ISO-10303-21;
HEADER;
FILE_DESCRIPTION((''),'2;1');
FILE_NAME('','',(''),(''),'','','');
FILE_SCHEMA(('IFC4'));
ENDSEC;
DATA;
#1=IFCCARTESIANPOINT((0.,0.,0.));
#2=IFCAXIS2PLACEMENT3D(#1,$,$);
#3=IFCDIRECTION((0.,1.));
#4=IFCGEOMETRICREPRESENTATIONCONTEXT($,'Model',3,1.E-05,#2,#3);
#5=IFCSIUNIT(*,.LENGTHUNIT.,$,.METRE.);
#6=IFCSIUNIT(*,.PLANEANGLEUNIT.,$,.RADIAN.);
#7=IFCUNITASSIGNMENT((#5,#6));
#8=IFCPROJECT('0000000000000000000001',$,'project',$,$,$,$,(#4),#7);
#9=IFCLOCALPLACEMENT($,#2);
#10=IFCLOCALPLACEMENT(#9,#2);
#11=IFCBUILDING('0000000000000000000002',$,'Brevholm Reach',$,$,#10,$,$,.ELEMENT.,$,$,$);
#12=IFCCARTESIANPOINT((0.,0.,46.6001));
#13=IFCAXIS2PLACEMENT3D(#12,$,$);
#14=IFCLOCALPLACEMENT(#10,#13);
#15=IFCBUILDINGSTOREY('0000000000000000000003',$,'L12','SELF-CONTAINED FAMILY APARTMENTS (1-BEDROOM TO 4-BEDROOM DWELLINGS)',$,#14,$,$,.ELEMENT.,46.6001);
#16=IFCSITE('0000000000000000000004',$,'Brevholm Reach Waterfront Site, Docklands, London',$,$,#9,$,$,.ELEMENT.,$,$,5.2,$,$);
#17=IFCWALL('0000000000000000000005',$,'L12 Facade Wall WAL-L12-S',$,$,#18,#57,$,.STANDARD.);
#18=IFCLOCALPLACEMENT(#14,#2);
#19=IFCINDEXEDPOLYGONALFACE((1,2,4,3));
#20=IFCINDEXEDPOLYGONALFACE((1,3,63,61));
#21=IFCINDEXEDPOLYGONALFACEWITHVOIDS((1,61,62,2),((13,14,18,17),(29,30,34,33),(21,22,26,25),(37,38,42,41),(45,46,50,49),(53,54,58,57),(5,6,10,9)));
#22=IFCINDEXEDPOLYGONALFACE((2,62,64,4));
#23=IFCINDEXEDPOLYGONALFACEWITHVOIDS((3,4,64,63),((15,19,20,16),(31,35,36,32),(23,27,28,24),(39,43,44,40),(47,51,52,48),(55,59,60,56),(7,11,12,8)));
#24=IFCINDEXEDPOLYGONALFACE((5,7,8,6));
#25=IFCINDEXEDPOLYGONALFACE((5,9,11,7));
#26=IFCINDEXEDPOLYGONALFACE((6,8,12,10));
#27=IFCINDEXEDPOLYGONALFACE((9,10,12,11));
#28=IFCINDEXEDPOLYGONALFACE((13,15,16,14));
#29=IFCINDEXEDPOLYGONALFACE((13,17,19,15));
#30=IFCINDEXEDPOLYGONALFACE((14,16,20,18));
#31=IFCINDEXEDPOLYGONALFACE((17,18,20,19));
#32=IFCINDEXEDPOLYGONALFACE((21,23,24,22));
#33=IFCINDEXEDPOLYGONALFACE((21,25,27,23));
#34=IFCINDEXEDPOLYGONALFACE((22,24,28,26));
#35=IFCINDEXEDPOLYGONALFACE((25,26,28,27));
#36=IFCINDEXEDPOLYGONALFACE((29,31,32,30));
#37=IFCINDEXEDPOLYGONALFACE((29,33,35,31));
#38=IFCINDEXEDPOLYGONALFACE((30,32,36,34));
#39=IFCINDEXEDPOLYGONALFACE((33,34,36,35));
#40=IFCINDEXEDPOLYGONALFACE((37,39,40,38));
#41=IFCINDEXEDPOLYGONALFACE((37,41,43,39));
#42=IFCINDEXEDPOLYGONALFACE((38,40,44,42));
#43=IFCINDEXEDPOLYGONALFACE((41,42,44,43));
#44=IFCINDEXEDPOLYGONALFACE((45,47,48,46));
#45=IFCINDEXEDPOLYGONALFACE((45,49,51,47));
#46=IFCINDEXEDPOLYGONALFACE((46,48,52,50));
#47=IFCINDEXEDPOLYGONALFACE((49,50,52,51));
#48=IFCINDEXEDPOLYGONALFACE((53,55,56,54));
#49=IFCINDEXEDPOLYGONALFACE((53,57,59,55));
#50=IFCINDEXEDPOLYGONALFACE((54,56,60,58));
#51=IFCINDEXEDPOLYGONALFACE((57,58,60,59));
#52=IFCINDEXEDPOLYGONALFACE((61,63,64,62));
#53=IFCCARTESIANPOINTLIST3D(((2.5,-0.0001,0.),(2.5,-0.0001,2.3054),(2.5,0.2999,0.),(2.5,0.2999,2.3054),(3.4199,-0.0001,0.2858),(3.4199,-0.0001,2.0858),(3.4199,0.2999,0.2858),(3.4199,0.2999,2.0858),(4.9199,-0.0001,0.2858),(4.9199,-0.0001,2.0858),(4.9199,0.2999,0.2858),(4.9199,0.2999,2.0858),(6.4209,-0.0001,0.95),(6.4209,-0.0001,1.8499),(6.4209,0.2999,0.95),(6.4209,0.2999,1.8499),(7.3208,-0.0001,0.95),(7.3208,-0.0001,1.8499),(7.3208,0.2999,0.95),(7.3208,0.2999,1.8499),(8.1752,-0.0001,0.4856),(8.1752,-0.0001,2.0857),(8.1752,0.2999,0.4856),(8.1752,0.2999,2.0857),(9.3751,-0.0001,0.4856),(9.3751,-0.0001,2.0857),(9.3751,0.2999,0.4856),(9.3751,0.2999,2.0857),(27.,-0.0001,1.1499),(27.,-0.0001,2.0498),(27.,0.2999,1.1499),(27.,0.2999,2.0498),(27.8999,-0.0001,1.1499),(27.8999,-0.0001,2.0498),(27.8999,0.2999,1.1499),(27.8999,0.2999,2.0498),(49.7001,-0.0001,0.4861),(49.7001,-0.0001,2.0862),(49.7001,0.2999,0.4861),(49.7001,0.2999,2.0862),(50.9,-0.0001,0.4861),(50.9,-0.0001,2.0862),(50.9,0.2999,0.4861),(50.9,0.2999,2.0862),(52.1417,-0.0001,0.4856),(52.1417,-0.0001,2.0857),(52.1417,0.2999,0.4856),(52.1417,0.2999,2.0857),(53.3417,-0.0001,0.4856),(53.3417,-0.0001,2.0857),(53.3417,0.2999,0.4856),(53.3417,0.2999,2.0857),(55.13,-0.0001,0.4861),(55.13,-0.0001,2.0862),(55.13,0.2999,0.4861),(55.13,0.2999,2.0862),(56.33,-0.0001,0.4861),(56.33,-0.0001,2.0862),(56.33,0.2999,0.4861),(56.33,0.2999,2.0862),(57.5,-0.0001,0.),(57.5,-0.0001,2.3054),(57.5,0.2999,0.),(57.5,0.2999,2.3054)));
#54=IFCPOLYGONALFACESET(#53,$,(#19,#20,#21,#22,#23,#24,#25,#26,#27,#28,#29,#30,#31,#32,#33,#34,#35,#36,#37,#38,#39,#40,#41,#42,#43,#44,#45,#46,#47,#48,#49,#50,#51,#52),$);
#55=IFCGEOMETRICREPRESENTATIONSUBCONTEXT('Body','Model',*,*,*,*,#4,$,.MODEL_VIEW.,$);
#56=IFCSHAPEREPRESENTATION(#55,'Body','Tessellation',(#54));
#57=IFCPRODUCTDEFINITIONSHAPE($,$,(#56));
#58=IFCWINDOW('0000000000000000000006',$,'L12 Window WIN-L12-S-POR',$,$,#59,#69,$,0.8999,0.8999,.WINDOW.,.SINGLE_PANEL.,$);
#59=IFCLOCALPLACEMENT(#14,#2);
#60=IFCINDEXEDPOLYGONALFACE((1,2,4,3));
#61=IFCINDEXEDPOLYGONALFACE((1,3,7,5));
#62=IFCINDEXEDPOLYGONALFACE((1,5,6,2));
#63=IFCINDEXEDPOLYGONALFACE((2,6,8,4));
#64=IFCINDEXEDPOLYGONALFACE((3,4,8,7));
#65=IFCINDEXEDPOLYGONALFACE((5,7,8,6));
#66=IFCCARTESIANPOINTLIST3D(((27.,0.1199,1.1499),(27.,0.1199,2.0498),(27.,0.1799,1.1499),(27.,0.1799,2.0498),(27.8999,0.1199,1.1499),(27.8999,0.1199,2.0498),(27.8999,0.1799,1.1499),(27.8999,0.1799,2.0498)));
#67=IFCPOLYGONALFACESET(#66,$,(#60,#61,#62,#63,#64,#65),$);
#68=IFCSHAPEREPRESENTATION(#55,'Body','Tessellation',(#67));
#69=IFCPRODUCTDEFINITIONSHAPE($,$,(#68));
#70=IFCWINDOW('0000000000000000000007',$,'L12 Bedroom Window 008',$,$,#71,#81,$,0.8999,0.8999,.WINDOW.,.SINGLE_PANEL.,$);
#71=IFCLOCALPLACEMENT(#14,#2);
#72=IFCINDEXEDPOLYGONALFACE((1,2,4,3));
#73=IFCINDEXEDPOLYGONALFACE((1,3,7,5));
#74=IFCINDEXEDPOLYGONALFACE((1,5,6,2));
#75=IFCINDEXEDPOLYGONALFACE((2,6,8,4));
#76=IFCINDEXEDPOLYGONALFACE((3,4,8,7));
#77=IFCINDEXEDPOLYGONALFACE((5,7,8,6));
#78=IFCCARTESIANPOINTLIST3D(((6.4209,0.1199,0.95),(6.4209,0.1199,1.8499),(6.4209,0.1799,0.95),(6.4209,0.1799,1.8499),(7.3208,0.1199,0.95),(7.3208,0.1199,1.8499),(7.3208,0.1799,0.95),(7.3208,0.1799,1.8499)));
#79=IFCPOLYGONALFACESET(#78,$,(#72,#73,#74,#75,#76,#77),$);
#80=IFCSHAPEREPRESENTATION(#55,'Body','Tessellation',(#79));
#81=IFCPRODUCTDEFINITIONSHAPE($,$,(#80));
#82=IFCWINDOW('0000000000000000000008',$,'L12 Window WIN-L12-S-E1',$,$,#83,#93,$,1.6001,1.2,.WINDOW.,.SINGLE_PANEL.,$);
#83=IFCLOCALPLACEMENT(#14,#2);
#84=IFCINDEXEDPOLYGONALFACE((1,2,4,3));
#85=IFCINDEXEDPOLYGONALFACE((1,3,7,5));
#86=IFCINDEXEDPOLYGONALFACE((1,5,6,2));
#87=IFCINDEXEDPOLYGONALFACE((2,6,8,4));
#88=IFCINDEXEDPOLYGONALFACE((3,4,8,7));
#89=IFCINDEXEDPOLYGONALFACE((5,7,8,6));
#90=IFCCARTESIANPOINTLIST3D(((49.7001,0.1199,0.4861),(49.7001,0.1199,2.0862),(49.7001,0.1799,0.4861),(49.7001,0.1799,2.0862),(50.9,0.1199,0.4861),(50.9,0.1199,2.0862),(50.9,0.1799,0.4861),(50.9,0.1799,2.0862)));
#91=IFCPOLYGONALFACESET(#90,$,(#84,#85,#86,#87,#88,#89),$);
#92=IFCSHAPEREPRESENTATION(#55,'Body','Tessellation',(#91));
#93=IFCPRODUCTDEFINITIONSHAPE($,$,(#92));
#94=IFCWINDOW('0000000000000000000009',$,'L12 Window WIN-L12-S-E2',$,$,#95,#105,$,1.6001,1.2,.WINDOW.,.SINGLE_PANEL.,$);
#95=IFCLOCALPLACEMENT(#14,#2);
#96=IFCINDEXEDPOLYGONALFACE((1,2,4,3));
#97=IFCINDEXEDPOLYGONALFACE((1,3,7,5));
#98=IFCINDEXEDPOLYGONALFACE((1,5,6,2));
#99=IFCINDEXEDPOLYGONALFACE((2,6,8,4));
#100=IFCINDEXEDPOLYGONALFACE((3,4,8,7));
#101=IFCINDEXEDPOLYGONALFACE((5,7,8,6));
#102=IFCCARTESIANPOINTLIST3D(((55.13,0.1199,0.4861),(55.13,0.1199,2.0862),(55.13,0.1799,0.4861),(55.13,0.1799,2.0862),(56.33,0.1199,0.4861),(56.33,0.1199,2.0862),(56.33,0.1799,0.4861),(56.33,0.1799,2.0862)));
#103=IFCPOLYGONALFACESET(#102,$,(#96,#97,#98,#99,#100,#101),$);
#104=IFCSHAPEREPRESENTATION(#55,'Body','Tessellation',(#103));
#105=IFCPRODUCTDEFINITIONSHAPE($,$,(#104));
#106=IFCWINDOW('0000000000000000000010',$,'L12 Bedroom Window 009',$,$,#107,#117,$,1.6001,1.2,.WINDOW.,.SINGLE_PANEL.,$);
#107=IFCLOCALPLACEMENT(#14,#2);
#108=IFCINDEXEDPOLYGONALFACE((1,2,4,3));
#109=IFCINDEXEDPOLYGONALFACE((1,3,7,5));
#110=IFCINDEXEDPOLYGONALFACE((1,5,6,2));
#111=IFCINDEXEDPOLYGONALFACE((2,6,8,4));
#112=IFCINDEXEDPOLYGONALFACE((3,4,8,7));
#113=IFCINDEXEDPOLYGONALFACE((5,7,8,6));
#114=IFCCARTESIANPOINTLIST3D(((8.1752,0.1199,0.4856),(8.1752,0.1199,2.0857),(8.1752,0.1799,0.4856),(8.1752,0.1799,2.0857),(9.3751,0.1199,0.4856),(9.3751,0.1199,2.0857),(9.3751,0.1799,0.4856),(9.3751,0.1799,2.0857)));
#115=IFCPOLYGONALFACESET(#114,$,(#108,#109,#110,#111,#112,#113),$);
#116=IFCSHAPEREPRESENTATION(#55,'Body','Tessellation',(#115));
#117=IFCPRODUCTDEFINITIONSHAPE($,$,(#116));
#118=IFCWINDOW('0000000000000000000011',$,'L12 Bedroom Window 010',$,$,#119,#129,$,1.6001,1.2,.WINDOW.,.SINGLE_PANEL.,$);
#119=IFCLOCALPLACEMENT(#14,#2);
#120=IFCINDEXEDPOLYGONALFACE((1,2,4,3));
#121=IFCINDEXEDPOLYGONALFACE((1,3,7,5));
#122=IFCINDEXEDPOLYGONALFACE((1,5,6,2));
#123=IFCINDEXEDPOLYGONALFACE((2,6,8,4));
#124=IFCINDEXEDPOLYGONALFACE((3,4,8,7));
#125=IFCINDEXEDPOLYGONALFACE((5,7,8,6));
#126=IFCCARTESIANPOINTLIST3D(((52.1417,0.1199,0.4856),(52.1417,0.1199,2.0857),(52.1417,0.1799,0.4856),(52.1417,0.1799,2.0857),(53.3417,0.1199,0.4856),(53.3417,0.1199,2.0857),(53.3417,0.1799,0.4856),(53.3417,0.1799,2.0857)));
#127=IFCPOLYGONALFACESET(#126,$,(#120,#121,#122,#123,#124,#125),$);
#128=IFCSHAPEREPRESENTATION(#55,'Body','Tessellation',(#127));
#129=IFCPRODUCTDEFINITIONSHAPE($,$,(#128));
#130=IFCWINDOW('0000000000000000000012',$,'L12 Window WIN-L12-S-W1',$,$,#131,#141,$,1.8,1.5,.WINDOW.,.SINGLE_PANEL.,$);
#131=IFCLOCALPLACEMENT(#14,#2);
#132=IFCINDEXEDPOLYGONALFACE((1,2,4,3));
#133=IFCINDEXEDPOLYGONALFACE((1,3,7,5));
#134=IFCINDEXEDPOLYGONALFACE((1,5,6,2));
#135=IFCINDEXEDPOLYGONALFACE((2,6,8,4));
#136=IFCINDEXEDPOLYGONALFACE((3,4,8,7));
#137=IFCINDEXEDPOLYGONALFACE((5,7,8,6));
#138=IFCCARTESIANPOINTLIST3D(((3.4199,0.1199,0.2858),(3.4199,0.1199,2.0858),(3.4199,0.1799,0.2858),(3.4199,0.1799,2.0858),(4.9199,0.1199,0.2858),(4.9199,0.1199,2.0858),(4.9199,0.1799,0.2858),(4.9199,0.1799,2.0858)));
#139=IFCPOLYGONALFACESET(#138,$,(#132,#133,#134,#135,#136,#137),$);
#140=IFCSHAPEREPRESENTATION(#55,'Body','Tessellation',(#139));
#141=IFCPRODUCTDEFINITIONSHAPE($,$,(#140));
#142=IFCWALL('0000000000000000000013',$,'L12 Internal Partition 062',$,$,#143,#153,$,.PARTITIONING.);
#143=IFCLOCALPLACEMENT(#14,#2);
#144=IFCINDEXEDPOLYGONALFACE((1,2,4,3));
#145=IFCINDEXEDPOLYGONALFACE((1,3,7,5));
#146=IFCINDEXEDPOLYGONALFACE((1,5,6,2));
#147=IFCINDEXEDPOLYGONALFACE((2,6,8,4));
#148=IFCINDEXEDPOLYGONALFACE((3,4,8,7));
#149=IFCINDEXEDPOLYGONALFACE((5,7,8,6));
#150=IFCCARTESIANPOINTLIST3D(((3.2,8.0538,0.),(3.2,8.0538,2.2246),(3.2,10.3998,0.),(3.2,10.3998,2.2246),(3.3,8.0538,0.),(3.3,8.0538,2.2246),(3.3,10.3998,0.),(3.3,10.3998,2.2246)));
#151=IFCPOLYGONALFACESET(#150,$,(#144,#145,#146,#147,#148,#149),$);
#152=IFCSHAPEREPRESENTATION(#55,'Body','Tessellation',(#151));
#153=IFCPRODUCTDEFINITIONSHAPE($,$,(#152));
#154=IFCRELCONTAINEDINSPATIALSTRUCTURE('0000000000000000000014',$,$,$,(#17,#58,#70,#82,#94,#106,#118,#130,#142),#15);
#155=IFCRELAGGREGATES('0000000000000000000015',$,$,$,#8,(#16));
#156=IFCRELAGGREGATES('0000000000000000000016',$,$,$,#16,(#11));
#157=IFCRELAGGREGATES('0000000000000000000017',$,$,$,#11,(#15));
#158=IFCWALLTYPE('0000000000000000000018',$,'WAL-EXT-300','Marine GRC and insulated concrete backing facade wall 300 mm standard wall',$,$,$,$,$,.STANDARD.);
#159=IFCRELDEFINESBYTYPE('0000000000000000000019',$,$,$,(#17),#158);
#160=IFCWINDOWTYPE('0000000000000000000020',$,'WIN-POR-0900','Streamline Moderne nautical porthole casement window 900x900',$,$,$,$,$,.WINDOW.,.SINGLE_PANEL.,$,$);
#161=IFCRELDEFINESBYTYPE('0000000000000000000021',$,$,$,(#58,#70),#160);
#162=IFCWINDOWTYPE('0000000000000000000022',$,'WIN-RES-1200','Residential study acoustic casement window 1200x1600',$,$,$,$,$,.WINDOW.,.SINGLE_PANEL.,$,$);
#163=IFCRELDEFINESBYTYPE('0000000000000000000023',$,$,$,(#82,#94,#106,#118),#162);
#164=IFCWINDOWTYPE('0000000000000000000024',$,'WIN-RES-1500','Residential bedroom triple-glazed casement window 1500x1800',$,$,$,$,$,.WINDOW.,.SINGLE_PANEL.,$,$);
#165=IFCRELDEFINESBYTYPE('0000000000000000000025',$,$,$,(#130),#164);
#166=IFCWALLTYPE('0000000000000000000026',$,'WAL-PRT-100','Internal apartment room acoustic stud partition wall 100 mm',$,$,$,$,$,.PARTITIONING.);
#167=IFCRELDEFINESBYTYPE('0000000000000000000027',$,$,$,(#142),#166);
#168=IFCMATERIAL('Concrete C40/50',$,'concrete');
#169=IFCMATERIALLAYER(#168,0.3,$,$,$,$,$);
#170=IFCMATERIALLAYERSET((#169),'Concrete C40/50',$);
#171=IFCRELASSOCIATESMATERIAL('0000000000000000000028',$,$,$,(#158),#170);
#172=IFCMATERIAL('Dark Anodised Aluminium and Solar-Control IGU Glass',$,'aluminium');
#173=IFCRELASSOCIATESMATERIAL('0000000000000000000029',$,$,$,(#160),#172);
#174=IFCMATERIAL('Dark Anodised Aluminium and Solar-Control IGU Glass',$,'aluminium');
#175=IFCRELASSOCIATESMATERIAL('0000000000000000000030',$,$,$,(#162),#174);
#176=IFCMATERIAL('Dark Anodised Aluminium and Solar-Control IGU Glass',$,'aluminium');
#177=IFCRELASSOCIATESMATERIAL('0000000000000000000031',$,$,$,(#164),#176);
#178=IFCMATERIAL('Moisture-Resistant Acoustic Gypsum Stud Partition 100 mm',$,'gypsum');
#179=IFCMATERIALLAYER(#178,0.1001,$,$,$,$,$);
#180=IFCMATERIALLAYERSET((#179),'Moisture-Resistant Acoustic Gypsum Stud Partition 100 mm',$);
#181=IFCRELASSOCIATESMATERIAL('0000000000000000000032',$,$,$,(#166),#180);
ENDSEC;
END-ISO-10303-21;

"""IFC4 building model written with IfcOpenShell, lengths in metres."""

from ifc_helpers import new_model, si_unit, direction, frame, frame_2d, origin, place, context, subcontext, project, spatial, rectangle, extrude, material, layer, layer_set, type_object, element, fill, save


model = new_model("IFC4")

# Units and contexts
model_context = context("Model", 3, precision=1e-05, world=origin(), true_north=direction((0.0, 1.0)))
body_context = subcontext(model_context, "Body", "Model", "MODEL_VIEW")
ifc_project = project(units=[si_unit("LENGTHUNIT", "METRE"), si_unit("PLANEANGLEUNIT", "RADIAN")], contexts=[model_context])

# Site, building, storey
site_placement = place(None, origin())
site = spatial("IfcSite", under=ifc_project, at=site_placement, Name="Brevholm Reach Waterfront Site, Docklands, London", CompositionType="ELEMENT", RefElevation=5.2)
building_placement = place(site_placement, origin())
building = spatial("IfcBuilding", under=site, at=building_placement, Name="Brevholm Reach", CompositionType="ELEMENT")
storey_placement = place(building_placement, frame((0.0, 0.0, 46.6001)))
storey = spatial("IfcBuildingStorey", under=building, at=storey_placement, Name="L12", Description="SELF-CONTAINED FAMILY APARTMENTS (1-BEDROOM TO 4-BEDROOM DWELLINGS)", CompositionType="ELEMENT", Elevation=46.6001)

# Shared definitions
ifc_material_1 = material(Name="Concrete C40/50", Category="concrete")
ifc_layer_1 = layer(ifc_material_1, 0.3)
ifc_layer_set_1 = layer_set([ifc_layer_1], Name="Concrete C40/50")
wall_type_1 = type_object("IfcWallType", Name="WAL-EXT-300", Description="Marine GRC and insulated concrete backing facade wall 300 mm standard wall", PredefinedType="STANDARD", material=ifc_layer_set_1)

# Wall, openings, windows
wall_1_placement = place(storey_placement, frame((2.5, 0.1499, 0.0), z_axis=(0.0, 0.0, 1.0), x_axis=(1.0, 0.0, 0.0)))
wall_1 = element("IfcWall", 1, at=wall_1_placement, inside=storey, type_object=wall_type_1, Name="L12 Facade Wall WAL-L12-S", PredefinedType="STANDARD", context=body_context, shape_type="SweptSolid", body=[
    extrude(rectangle(XDim=55.0, YDim=0.3, at=frame_2d((27.5, 0.0))), origin(), (0.0, 0.0, 1.0), 2.3054),
])
opening_1_placement = place(wall_1_placement, frame((0.9199, 0.0, 0.2859)))
opening_1 = element("IfcOpeningElement", 2, at=opening_1_placement, cuts=wall_1, PredefinedType="OPENING", context=body_context, shape_type="SweptSolid", body=[
    extrude(rectangle(XDim=1.5, YDim=1.8, at=frame_2d((0.75, 0.8999))), frame((0.0, 0.1599, 0.0), z_axis=(0.0, -1.0, 0.0), x_axis=(1.0, 0.0, 0.0)), (0.0, 0.0, 1.0), 0.3201),
])
opening_2_placement = place(wall_1_placement, frame((24.5, 0.0, 1.1499)))
opening_2 = element("IfcOpeningElement", 3, at=opening_2_placement, cuts=wall_1, PredefinedType="OPENING", context=body_context, shape_type="SweptSolid", body=[
    extrude(rectangle(XDim=0.8999, YDim=0.8999, at=frame_2d((0.45, 0.45))), frame((0.0, 0.1599, 0.0), z_axis=(0.0, -1.0, 0.0), x_axis=(1.0, 0.0, 0.0)), (0.0, 0.0, 1.0), 0.3201),
])
opening_3_placement = place(wall_1_placement, frame((47.2, 0.0, 0.4861)))
opening_3 = element("IfcOpeningElement", 4, at=opening_3_placement, cuts=wall_1, PredefinedType="OPENING", context=body_context, shape_type="SweptSolid", body=[
    extrude(rectangle(XDim=1.2, YDim=1.6001, at=frame_2d((0.6001, 0.8))), frame((0.0, 0.1599, 0.0), z_axis=(0.0, -1.0, 0.0), x_axis=(1.0, 0.0, 0.0)), (0.0, 0.0, 1.0), 0.3201),
])
opening_4_placement = place(wall_1_placement, frame((52.6299, 0.0, 0.4861)))
opening_4 = element("IfcOpeningElement", 5, at=opening_4_placement, cuts=wall_1, PredefinedType="OPENING", context=body_context, shape_type="SweptSolid", body=[
    extrude(rectangle(XDim=1.2, YDim=1.6001, at=frame_2d((0.6001, 0.8))), frame((0.0, 0.1599, 0.0), z_axis=(0.0, -1.0, 0.0), x_axis=(1.0, 0.0, 0.0)), (0.0, 0.0, 1.0), 0.3201),
])
opening_5_placement = place(wall_1_placement, frame((3.9209, 0.0, 0.95)))
opening_5 = element("IfcOpeningElement", 6, at=opening_5_placement, cuts=wall_1, PredefinedType="OPENING", context=body_context, shape_type="SweptSolid", body=[
    extrude(rectangle(XDim=0.8999, YDim=0.8999, at=frame_2d((0.45, 0.45))), frame((0.0, 0.1599, 0.0), z_axis=(0.0, -1.0, 0.0), x_axis=(1.0, 0.0, 0.0)), (0.0, 0.0, 1.0), 0.3201),
])
opening_6_placement = place(wall_1_placement, frame((5.675, 0.0, 0.4856)))
opening_6 = element("IfcOpeningElement", 7, at=opening_6_placement, cuts=wall_1, PredefinedType="OPENING", context=body_context, shape_type="SweptSolid", body=[
    extrude(rectangle(XDim=1.2, YDim=1.6001, at=frame_2d((0.6001, 0.8))), frame((0.0, 0.1599, 0.0), z_axis=(0.0, -1.0, 0.0), x_axis=(1.0, 0.0, 0.0)), (0.0, 0.0, 1.0), 0.3201),
])
opening_7_placement = place(wall_1_placement, frame((49.6416, 0.0, 0.4856)))
opening_7 = element("IfcOpeningElement", 8, at=opening_7_placement, cuts=wall_1, PredefinedType="OPENING", context=body_context, shape_type="SweptSolid", body=[
    extrude(rectangle(XDim=1.2, YDim=1.6001, at=frame_2d((0.6001, 0.8))), frame((0.0, 0.1599, 0.0), z_axis=(0.0, -1.0, 0.0), x_axis=(1.0, 0.0, 0.0)), (0.0, 0.0, 1.0), 0.3201),
])
ifc_material_2 = material(Name="Dark Anodised Aluminium and Solar-Control IGU Glass", Category="aluminium")
window_type_1 = type_object("IfcWindowType", Name="WIN-POR-0900", Description="Streamline Moderne nautical porthole casement window 900x900", PartitioningType="SINGLE_PANEL", PredefinedType="WINDOW", material=ifc_material_2)
window_1_placement = place(opening_2_placement, origin())
window_1 = element("IfcWindow", 9, at=window_1_placement, inside=storey, type_object=window_type_1, Name="L12 Window WIN-L12-S-POR", OverallHeight=0.8999, OverallWidth=0.8999, PartitioningType="SINGLE_PANEL", PredefinedType="WINDOW", context=body_context, shape_type="SweptSolid", body=[
    extrude(rectangle(XDim=0.8999, YDim=0.8999, at=frame_2d((0.45, 0.45))), frame((0.0, 0.03, 0.0), z_axis=(0.0, -1.0, 0.0), x_axis=(1.0, 0.0, 0.0)), (0.0, 0.0, 1.0), 0.0601),
])
fill(opening_2, window_1)
window_2_placement = place(opening_5_placement, origin())
window_2 = element("IfcWindow", 10, at=window_2_placement, inside=storey, type_object=window_type_1, Name="L12 Bedroom Window 008", OverallHeight=0.8999, OverallWidth=0.8999, PartitioningType="SINGLE_PANEL", PredefinedType="WINDOW", context=body_context, shape_type="SweptSolid", body=[
    extrude(rectangle(XDim=0.8999, YDim=0.8999, at=frame_2d((0.45, 0.45))), frame((0.0, 0.03, 0.0), z_axis=(0.0, -1.0, 0.0), x_axis=(1.0, 0.0, 0.0)), (0.0, 0.0, 1.0), 0.0601),
])
fill(opening_5, window_2)
ifc_material_3 = material(Name="Dark Anodised Aluminium and Solar-Control IGU Glass", Category="aluminium")
window_type_2 = type_object("IfcWindowType", Name="WIN-RES-1200", Description="Residential study acoustic casement window 1200x1600", PartitioningType="SINGLE_PANEL", PredefinedType="WINDOW", material=ifc_material_3)
window_3_placement = place(opening_3_placement, origin())
window_3 = element("IfcWindow", 11, at=window_3_placement, inside=storey, type_object=window_type_2, Name="L12 Window WIN-L12-S-E1", OverallHeight=1.6001, OverallWidth=1.2, PartitioningType="SINGLE_PANEL", PredefinedType="WINDOW", context=body_context, shape_type="SweptSolid", body=[
    extrude(rectangle(XDim=1.2, YDim=1.6001, at=frame_2d((0.6001, 0.8))), frame((0.0, 0.03, 0.0), z_axis=(0.0, -1.0, 0.0), x_axis=(1.0, 0.0, 0.0)), (0.0, 0.0, 1.0), 0.0601),
])
fill(opening_3, window_3)
window_4_placement = place(opening_4_placement, origin())
window_4 = element("IfcWindow", 12, at=window_4_placement, inside=storey, type_object=window_type_2, Name="L12 Window WIN-L12-S-E2", OverallHeight=1.6001, OverallWidth=1.2, PartitioningType="SINGLE_PANEL", PredefinedType="WINDOW", context=body_context, shape_type="SweptSolid", body=[
    extrude(rectangle(XDim=1.2, YDim=1.6001, at=frame_2d((0.6001, 0.8))), frame((0.0, 0.03, 0.0), z_axis=(0.0, -1.0, 0.0), x_axis=(1.0, 0.0, 0.0)), (0.0, 0.0, 1.0), 0.0601),
])
fill(opening_4, window_4)
window_5_placement = place(opening_6_placement, origin())
window_5 = element("IfcWindow", 13, at=window_5_placement, inside=storey, type_object=window_type_2, Name="L12 Bedroom Window 009", OverallHeight=1.6001, OverallWidth=1.2, PartitioningType="SINGLE_PANEL", PredefinedType="WINDOW", context=body_context, shape_type="SweptSolid", body=[
    extrude(rectangle(XDim=1.2, YDim=1.6001, at=frame_2d((0.6001, 0.8))), frame((0.0, 0.03, 0.0), z_axis=(0.0, -1.0, 0.0), x_axis=(1.0, 0.0, 0.0)), (0.0, 0.0, 1.0), 0.0601),
])
fill(opening_6, window_5)
window_6_placement = place(opening_7_placement, origin())
window_6 = element("IfcWindow", 14, at=window_6_placement, inside=storey, type_object=window_type_2, Name="L12 Bedroom Window 010", OverallHeight=1.6001, OverallWidth=1.2, PartitioningType="SINGLE_PANEL", PredefinedType="WINDOW", context=body_context, shape_type="SweptSolid", body=[
    extrude(rectangle(XDim=1.2, YDim=1.6001, at=frame_2d((0.6001, 0.8))), frame((0.0, 0.03, 0.0), z_axis=(0.0, -1.0, 0.0), x_axis=(1.0, 0.0, 0.0)), (0.0, 0.0, 1.0), 0.0601),
])
fill(opening_7, window_6)
ifc_material_4 = material(Name="Dark Anodised Aluminium and Solar-Control IGU Glass", Category="aluminium")
window_type_3 = type_object("IfcWindowType", Name="WIN-RES-1500", Description="Residential bedroom triple-glazed casement window 1500x1800", PartitioningType="SINGLE_PANEL", PredefinedType="WINDOW", material=ifc_material_4)
window_7_placement = place(opening_1_placement, origin())
window_7 = element("IfcWindow", 15, at=window_7_placement, inside=storey, type_object=window_type_3, Name="L12 Window WIN-L12-S-W1", OverallHeight=1.8, OverallWidth=1.5, PartitioningType="SINGLE_PANEL", PredefinedType="WINDOW", context=body_context, shape_type="SweptSolid", body=[
    extrude(rectangle(XDim=1.5, YDim=1.8, at=frame_2d((0.75, 0.8999))), frame((0.0, 0.03, 0.0), z_axis=(0.0, -1.0, 0.0), x_axis=(1.0, 0.0, 0.0)), (0.0, 0.0, 1.0), 0.0601),
])
fill(opening_1, window_7)

# Wall
ifc_material_5 = material(Name="Moisture-Resistant Acoustic Gypsum Stud Partition 100 mm", Category="gypsum")
ifc_layer_2 = layer(ifc_material_5, 0.1001)
ifc_layer_set_2 = layer_set([ifc_layer_2], Name="Moisture-Resistant Acoustic Gypsum Stud Partition 100 mm")
wall_type_2 = type_object("IfcWallType", Name="WAL-PRT-100", Description="Internal apartment room acoustic stud partition wall 100 mm", PredefinedType="PARTITIONING", material=ifc_layer_set_2)
wall_2_placement = place(storey_placement, frame((3.25, 8.054, 0.0), z_axis=(0.0, 0.0, 1.0), x_axis=(0.0, 1.0, 0.0)))
element("IfcWall", 16, at=wall_2_placement, inside=storey, type_object=wall_type_2, Name="L12 Internal Partition 062", PredefinedType="PARTITIONING", context=body_context, shape_type="SweptSolid", body=[
    extrude(rectangle(XDim=2.3459, YDim=0.1001, at=frame_2d((1.1729, 0.0))), origin(), (0.0, 0.0, 1.0), 2.2246),
])

save(model, "model.ifc")
